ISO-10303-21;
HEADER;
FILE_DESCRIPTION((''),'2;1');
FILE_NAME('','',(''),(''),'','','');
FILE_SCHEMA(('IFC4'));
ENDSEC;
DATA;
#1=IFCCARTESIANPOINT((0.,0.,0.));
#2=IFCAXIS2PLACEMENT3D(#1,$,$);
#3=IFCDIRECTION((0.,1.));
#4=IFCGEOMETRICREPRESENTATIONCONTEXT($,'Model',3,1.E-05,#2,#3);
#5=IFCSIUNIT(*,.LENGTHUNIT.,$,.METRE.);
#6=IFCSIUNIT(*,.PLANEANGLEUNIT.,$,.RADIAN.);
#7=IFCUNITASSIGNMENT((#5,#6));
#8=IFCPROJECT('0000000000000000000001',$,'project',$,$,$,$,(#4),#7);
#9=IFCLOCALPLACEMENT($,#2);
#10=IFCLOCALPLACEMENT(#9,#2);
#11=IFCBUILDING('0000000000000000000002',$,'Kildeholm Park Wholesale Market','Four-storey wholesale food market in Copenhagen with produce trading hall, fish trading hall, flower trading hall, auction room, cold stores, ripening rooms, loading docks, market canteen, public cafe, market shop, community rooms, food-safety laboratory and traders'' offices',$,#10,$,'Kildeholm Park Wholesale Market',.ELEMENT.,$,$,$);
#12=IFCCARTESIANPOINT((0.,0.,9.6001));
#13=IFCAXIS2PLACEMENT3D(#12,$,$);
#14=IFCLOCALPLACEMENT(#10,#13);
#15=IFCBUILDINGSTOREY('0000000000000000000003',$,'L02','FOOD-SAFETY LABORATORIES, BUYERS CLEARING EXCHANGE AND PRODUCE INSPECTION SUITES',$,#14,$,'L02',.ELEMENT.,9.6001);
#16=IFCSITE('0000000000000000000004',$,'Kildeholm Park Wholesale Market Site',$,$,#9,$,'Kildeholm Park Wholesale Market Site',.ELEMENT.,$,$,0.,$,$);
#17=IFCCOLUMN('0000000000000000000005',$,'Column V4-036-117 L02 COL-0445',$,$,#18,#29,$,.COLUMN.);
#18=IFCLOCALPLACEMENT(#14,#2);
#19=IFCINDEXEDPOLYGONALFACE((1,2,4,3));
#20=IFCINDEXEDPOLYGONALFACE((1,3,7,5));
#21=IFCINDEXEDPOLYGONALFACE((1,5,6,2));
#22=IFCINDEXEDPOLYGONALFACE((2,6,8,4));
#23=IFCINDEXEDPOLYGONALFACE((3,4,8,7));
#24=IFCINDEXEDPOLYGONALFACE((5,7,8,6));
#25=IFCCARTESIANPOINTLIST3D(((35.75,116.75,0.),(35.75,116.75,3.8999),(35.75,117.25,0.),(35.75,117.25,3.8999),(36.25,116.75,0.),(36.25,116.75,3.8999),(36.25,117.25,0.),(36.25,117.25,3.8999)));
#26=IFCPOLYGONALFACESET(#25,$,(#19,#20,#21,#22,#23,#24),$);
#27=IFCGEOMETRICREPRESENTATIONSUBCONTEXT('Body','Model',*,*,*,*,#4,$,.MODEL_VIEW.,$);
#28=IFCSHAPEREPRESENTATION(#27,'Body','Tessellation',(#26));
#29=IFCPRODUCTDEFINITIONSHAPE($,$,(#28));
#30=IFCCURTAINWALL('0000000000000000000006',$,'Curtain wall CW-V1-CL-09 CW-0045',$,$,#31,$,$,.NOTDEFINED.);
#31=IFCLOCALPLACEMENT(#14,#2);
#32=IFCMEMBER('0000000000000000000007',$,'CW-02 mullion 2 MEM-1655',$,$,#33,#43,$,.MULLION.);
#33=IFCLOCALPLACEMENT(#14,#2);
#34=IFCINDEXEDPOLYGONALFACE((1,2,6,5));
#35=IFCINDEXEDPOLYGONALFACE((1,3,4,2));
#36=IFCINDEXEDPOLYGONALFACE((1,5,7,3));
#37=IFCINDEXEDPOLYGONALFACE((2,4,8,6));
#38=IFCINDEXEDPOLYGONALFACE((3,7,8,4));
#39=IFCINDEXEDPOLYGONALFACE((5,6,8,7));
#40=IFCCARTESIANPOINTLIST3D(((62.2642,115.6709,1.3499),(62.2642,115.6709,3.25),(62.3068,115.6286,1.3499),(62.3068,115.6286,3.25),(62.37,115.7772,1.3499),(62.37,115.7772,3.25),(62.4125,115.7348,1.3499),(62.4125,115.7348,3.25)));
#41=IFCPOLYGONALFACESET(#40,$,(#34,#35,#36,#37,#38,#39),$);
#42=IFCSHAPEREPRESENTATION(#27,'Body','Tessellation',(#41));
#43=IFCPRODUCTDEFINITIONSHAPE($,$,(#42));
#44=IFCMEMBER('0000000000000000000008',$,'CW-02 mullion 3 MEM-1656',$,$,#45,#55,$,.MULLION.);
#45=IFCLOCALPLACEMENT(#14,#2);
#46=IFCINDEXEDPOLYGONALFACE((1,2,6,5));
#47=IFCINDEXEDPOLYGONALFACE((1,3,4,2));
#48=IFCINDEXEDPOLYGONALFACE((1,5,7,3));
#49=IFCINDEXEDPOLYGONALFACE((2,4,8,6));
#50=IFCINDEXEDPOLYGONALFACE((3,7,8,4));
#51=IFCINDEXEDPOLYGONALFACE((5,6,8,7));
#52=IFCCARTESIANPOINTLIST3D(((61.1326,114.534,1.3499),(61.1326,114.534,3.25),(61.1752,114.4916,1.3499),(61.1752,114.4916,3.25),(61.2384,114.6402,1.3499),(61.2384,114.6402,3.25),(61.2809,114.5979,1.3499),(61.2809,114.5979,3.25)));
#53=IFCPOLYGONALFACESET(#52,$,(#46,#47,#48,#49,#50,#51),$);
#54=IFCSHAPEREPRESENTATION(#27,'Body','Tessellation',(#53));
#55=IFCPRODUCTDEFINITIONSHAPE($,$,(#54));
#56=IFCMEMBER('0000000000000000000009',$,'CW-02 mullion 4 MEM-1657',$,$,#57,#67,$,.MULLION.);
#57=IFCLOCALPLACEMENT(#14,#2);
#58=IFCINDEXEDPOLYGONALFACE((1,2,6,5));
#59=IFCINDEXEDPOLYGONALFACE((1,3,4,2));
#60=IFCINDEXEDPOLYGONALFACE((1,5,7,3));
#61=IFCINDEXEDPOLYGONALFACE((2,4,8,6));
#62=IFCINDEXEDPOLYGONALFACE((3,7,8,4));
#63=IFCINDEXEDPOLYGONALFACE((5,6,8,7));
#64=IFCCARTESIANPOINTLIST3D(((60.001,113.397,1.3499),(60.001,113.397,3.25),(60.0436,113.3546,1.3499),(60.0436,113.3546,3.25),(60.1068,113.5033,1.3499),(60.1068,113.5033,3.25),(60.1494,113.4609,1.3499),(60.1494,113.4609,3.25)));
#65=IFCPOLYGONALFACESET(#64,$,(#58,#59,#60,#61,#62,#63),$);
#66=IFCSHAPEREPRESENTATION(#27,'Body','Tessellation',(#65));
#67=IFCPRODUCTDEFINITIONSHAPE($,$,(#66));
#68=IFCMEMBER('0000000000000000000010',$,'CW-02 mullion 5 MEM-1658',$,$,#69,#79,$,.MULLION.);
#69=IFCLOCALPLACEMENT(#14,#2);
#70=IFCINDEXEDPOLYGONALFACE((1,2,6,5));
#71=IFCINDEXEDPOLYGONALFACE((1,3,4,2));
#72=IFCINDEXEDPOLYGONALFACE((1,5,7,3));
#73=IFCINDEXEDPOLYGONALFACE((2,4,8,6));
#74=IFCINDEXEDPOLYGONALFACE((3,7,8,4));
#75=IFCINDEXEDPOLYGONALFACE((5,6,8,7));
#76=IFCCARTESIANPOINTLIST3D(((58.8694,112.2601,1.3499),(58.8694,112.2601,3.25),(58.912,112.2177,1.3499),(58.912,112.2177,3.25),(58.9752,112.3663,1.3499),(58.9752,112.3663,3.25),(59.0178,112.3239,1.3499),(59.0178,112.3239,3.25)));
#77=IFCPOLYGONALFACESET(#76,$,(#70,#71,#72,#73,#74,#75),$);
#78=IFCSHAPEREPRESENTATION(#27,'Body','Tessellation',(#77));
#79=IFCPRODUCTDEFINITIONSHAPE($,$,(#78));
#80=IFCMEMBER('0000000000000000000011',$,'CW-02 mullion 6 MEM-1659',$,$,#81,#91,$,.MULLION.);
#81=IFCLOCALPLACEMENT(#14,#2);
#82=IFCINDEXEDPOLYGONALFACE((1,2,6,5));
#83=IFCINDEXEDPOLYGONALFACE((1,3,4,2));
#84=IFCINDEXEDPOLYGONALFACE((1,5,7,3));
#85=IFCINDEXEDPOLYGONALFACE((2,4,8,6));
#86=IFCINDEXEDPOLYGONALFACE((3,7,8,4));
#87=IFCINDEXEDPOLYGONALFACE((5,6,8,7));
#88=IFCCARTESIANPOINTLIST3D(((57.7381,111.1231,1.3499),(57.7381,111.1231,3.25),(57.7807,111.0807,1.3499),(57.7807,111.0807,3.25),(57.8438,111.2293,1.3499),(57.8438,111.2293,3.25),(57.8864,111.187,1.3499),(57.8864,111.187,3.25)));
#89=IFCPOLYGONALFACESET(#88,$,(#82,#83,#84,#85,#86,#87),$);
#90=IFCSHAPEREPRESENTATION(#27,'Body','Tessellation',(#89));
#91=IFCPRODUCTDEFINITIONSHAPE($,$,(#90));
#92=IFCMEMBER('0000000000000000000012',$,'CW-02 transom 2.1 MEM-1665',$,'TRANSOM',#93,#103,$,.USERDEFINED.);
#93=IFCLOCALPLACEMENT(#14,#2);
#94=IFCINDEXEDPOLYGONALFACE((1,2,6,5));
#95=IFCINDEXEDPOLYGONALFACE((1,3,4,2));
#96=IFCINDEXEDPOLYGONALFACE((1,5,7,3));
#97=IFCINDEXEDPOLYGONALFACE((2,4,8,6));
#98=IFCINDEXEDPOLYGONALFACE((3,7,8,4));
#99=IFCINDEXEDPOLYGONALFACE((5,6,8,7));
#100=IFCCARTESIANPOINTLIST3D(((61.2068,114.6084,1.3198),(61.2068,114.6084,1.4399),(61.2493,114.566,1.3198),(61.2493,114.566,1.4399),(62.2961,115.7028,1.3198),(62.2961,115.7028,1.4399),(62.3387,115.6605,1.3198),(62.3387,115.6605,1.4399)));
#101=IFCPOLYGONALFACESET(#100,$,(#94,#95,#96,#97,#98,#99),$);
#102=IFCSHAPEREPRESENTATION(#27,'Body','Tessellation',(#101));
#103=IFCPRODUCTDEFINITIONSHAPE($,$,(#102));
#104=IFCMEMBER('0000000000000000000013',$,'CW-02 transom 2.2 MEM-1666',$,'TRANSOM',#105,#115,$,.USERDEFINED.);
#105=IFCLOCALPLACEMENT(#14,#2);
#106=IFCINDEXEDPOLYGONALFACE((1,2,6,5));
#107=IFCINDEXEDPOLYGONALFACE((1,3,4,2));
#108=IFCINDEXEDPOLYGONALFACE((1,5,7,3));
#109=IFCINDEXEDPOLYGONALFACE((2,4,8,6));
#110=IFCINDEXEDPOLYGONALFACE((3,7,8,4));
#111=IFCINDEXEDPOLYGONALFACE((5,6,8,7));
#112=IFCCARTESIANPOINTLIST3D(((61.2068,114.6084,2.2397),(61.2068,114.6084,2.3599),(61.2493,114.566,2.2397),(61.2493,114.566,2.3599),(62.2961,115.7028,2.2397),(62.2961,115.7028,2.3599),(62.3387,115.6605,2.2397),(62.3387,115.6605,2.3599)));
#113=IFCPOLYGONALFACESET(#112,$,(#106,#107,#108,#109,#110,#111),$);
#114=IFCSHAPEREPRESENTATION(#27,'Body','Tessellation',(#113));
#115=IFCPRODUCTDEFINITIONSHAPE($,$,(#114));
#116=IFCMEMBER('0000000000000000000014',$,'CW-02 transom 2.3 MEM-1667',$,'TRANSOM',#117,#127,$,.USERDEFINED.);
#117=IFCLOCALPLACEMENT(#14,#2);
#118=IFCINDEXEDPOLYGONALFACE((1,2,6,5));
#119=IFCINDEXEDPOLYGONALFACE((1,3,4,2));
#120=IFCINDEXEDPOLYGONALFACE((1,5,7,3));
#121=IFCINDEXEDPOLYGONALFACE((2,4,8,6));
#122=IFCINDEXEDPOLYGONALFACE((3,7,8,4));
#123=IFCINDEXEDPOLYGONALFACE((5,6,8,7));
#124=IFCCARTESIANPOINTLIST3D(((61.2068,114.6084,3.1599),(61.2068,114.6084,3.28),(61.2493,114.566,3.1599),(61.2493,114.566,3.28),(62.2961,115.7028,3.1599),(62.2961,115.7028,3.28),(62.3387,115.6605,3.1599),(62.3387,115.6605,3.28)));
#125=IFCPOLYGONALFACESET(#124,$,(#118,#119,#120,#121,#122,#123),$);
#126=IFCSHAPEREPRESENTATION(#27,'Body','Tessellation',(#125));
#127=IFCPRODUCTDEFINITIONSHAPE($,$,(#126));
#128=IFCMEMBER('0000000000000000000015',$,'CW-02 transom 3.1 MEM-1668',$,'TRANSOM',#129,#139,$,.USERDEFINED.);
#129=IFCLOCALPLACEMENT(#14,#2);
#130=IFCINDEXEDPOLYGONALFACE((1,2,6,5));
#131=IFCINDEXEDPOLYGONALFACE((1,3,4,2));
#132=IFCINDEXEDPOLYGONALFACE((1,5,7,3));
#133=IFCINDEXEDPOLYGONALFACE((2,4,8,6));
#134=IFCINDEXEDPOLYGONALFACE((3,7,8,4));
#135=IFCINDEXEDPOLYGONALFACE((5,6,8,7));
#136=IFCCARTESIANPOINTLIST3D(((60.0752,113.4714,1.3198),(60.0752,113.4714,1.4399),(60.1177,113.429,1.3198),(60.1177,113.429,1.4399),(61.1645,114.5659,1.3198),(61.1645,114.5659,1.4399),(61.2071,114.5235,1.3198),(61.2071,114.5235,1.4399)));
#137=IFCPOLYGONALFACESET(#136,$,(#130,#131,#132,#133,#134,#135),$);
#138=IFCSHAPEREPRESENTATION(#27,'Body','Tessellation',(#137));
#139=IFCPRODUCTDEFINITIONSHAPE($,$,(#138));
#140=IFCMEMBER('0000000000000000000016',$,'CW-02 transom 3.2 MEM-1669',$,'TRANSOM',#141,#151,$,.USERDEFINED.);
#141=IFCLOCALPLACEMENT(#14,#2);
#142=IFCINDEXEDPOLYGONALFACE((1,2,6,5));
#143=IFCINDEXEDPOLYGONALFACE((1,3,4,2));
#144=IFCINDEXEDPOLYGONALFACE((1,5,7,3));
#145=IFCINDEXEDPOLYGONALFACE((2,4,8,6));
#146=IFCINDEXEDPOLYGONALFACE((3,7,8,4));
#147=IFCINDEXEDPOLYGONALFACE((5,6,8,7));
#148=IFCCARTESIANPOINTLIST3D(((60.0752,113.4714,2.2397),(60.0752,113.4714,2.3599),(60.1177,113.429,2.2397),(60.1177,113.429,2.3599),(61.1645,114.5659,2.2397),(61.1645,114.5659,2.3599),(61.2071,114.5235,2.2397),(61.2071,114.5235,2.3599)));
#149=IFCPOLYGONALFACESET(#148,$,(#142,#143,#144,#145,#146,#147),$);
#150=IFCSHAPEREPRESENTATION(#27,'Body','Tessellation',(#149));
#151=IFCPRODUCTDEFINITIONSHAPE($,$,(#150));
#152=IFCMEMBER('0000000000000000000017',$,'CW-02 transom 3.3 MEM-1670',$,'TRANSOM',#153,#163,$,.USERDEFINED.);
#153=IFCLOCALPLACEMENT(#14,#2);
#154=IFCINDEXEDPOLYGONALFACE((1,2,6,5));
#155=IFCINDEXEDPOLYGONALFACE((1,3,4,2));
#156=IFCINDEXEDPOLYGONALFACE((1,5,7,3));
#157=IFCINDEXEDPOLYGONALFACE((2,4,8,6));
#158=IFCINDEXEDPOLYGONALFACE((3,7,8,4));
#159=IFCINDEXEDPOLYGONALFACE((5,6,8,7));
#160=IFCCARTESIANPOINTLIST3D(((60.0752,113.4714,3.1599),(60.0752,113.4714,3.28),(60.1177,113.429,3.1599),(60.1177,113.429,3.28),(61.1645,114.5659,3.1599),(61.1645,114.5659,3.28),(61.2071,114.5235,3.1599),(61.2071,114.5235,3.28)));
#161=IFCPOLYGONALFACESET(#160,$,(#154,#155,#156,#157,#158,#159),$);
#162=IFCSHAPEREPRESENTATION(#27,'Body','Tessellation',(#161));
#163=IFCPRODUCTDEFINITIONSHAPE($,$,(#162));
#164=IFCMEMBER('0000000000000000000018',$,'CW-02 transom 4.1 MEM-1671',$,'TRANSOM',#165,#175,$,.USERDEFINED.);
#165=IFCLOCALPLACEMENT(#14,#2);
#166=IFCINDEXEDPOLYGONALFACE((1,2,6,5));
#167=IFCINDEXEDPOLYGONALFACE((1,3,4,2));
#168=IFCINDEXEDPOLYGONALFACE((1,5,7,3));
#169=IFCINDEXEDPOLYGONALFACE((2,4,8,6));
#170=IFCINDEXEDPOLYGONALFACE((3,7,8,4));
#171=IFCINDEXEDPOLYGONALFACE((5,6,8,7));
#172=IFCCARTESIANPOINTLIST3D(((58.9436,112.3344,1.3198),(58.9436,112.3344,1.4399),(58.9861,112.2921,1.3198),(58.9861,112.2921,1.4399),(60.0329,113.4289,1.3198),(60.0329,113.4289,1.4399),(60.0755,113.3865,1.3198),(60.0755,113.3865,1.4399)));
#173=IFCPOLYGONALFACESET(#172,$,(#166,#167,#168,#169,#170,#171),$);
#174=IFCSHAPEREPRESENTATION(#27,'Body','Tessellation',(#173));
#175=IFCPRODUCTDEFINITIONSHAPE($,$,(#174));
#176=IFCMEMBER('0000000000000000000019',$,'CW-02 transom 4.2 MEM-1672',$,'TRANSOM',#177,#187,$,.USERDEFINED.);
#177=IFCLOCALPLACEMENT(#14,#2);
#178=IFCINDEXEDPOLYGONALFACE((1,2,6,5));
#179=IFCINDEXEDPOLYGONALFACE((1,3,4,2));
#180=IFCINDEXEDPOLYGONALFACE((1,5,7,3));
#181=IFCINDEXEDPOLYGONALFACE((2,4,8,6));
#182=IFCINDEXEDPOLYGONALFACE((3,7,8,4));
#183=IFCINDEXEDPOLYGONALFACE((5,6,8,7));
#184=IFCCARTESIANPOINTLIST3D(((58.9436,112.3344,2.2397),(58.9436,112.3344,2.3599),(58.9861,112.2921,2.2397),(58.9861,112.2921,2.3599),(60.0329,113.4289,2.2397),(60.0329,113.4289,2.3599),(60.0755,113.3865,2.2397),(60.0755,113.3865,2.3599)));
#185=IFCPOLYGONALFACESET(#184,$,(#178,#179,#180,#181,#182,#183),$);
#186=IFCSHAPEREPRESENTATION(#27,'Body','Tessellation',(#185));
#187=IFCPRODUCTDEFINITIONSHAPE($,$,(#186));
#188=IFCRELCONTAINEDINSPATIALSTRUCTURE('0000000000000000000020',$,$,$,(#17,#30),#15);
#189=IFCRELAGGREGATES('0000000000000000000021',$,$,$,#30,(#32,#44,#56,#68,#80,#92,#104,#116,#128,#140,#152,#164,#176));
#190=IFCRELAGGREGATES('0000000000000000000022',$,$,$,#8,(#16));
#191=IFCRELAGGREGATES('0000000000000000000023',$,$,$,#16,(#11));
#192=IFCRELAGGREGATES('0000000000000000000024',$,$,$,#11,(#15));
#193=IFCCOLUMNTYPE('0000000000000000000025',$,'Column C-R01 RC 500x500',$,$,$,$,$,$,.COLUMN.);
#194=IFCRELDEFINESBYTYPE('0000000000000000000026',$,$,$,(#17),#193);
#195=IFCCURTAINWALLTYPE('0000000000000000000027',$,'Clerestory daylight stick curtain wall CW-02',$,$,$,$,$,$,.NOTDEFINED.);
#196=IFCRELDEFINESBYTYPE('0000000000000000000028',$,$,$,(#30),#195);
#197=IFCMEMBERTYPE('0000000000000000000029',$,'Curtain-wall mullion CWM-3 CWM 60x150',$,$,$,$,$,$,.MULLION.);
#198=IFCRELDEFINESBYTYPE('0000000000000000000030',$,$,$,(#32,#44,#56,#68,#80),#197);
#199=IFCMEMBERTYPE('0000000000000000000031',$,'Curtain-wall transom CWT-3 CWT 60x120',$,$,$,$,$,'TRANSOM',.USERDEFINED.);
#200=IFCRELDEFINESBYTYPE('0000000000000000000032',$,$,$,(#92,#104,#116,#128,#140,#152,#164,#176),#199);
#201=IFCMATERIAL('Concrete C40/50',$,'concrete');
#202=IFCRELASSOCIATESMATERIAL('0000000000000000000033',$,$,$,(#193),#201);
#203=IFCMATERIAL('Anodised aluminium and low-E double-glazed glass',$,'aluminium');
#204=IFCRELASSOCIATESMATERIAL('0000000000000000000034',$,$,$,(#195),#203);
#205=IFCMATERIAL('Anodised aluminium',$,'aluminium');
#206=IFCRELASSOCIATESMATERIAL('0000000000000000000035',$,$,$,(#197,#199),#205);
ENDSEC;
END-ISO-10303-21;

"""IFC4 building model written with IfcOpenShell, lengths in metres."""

from ifc_helpers import new_model, si_unit, direction, frame, origin, origin_2d, place, context, subcontext, project, spatial, rectangle, extrude, material, material_profile, profile_set, type_object, element, aggregate, save


model = new_model("IFC4")

# Units and contexts
model_context = context("Model", 3, precision=1e-05, world=origin(), true_north=direction((0.0, 1.0)))
body_context = subcontext(model_context, "Body", "Model", "MODEL_VIEW")
ifc_project = project(units=[si_unit("LENGTHUNIT", "METRE"), si_unit("PLANEANGLEUNIT", "RADIAN")], contexts=[model_context])

# Site, building, storey
site_placement = place(None, origin())
site = spatial("IfcSite", under=ifc_project, at=site_placement, Name="Kildeholm Park Wholesale Market Site", LongName="Kildeholm Park Wholesale Market Site", CompositionType="ELEMENT", RefElevation=0.0)
building_placement = place(site_placement, origin())
building = spatial("IfcBuilding", under=site, at=building_placement, Name="Kildeholm Park Wholesale Market", Description="Four-storey wholesale food market in Copenhagen with produce trading hall, fish trading hall, flower trading hall, auction room, cold stores, ripening rooms, loading docks, market canteen, public cafe, market shop, community rooms, food-safety laboratory and traders' offices", LongName="Kildeholm Park Wholesale Market", CompositionType="ELEMENT")
storey_placement = place(building_placement, frame((0.0, 0.0, 9.6001)))
storey = spatial("IfcBuildingStorey", under=building, at=storey_placement, Name="L02", Description="FOOD-SAFETY LABORATORIES, BUYERS CLEARING EXCHANGE AND PRODUCE INSPECTION SUITES", LongName="L02", CompositionType="ELEMENT", Elevation=9.6001)

# Column
ifc_material_1 = material(Name="Concrete C40/50", Category="concrete")
ifc_material_profile_1 = material_profile(ifc_material_1, rectangle(XDim=0.5, YDim=0.5, at=origin_2d()), Name="RC 500x500")
ifc_profile_set_1 = profile_set([ifc_material_profile_1], Name="Concrete C40/50")
column_type = type_object("IfcColumnType", Name="Column C-R01 RC 500x500", PredefinedType="COLUMN", material=ifc_profile_set_1)
column_placement = place(storey_placement, frame((36.0, 117.0, 0.0), z_axis=(0.0, 0.0, 1.0), x_axis=(1.0, 0.0, 0.0)))
element("IfcColumn", 1, at=column_placement, inside=storey, type_object=column_type, Name="Column V4-036-117 L02 COL-0445", PredefinedType="COLUMN", context=body_context, shape_type="SweptSolid", body=[
    extrude(rectangle(XDim=0.5, YDim=0.5, at=origin_2d()), origin(), (0.0, 0.0, 1.0), 3.8999),
])

# Curtain wall, members
ifc_material_2 = material(Name="Anodised aluminium and low-E double-glazed glass", Category="aluminium")
curtain_wall_type = type_object("IfcCurtainWallType", Name="Clerestory daylight stick curtain wall CW-02", PredefinedType="NOTDEFINED", material=ifc_material_2)
curtain_wall_placement = place(storey_placement, origin())
curtain_wall = element("IfcCurtainWall", 2, at=curtain_wall_placement, inside=storey, type_object=curtain_wall_type, Name="Curtain wall CW-V1-CL-09 CW-0045", PredefinedType="NOTDEFINED")
ifc_material_3 = material(Name="Anodised aluminium", Category="aluminium")
ifc_material_profile_2 = material_profile(ifc_material_3, rectangle(XDim=0.0601, YDim=0.1499, at=origin_2d()), Name="CWM 60x150")
ifc_profile_set_2 = profile_set([ifc_material_profile_2], Name="Anodised aluminium")
member_type_1 = type_object("IfcMemberType", Name="Curtain-wall mullion CWM-3 CWM 60x150", PredefinedType="MULLION", material=ifc_profile_set_2)
member_1_placement = place(storey_placement, frame((62.3384, 115.7029, 1.3499), z_axis=(0.0, 0.0, 1.0), x_axis=(0.708797, -0.705413, 0.0)))
member_1 = element("IfcMember", 3, at=member_1_placement, type_object=member_type_1, Name="CW-02 mullion 2 MEM-1655", PredefinedType="MULLION", context=body_context, shape_type="SweptSolid", body=[
    extrude(rectangle(XDim=0.0601, YDim=0.1499, at=origin_2d()), origin(), (0.0, 0.0, 1.0), 1.9001),
])
member_2_placement = place(storey_placement, frame((61.2068, 114.5659, 1.3499), z_axis=(0.0, 0.0, 1.0), x_axis=(0.708797, -0.705413, 0.0)))
member_2 = element("IfcMember", 4, at=member_2_placement, type_object=member_type_1, Name="CW-02 mullion 3 MEM-1656", PredefinedType="MULLION", context=body_context, shape_type="SweptSolid", body=[
    extrude(rectangle(XDim=0.0601, YDim=0.1499, at=origin_2d()), origin(), (0.0, 0.0, 1.0), 1.9001),
])
member_3_placement = place(storey_placement, frame((60.0752, 113.429, 1.3499), z_axis=(0.0, 0.0, 1.0), x_axis=(0.708797, -0.705413, 0.0)))
member_3 = element("IfcMember", 5, at=member_3_placement, type_object=member_type_1, Name="CW-02 mullion 4 MEM-1657", PredefinedType="MULLION", context=body_context, shape_type="SweptSolid", body=[
    extrude(rectangle(XDim=0.0601, YDim=0.1499, at=origin_2d()), origin(), (0.0, 0.0, 1.0), 1.9001),
])
member_4_placement = place(storey_placement, frame((58.9436, 112.292, 1.3499), z_axis=(0.0, 0.0, 1.0), x_axis=(0.708797, -0.705413, 0.0)))
member_4 = element("IfcMember", 6, at=member_4_placement, type_object=member_type_1, Name="CW-02 mullion 5 MEM-1658", PredefinedType="MULLION", context=body_context, shape_type="SweptSolid", body=[
    extrude(rectangle(XDim=0.0601, YDim=0.1499, at=origin_2d()), origin(), (0.0, 0.0, 1.0), 1.9001),
])
member_5_placement = place(storey_placement, frame((57.8123, 111.155, 1.3499), z_axis=(0.0, 0.0, 1.0), x_axis=(0.708797, -0.705413, 0.0)))
member_5 = element("IfcMember", 7, at=member_5_placement, type_object=member_type_1, Name="CW-02 mullion 6 MEM-1659", PredefinedType="MULLION", context=body_context, shape_type="SweptSolid", body=[
    extrude(rectangle(XDim=0.0601, YDim=0.1499, at=origin_2d()), origin(), (0.0, 0.0, 1.0), 1.9001),
])
ifc_material_profile_3 = material_profile(ifc_material_3, rectangle(XDim=0.0601, YDim=0.1201, at=origin_2d()), Name="CWT 60x120")
ifc_profile_set_3 = profile_set([ifc_material_profile_3], Name="Anodised aluminium")
member_type_2 = type_object("IfcMemberType", Name="Curtain-wall transom CWT-3 CWT 60x120", ElementType="TRANSOM", PredefinedType="USERDEFINED", material=ifc_profile_set_3)
member_6_placement = place(storey_placement, frame((62.3174, 115.6816, 1.3799), z_axis=(-0.705445, -0.708765, 0.0), x_axis=(0.708765, -0.705445, 0.0)))
member_6 = element("IfcMember", 8, at=member_6_placement, type_object=member_type_2, Name="CW-02 transom 2.1 MEM-1665", ObjectType="TRANSOM", PredefinedType="USERDEFINED", context=body_context, shape_type="SweptSolid", body=[
    extrude(rectangle(XDim=0.0601, YDim=0.1201, at=origin_2d()), origin(), (0.0, 0.0, 1.0), 1.5442),
])
member_7_placement = place(storey_placement, frame((62.3174, 115.6816, 2.2998), z_axis=(-0.705445, -0.708765, 0.0), x_axis=(0.708765, -0.705445, 0.0)))
member_7 = element("IfcMember", 9, at=member_7_placement, type_object=member_type_2, Name="CW-02 transom 2.2 MEM-1666", ObjectType="TRANSOM", PredefinedType="USERDEFINED", context=body_context, shape_type="SweptSolid", body=[
    extrude(rectangle(XDim=0.0601, YDim=0.1201, at=origin_2d()), origin(), (0.0, 0.0, 1.0), 1.5442),
])
member_8_placement = place(storey_placement, frame((62.3174, 115.6816, 3.22), z_axis=(-0.705445, -0.708765, 0.0), x_axis=(0.708765, -0.705445, 0.0)))
member_8 = element("IfcMember", 10, at=member_8_placement, type_object=member_type_2, Name="CW-02 transom 2.3 MEM-1667", ObjectType="TRANSOM", PredefinedType="USERDEFINED", context=body_context, shape_type="SweptSolid", body=[
    extrude(rectangle(XDim=0.0601, YDim=0.1201, at=origin_2d()), origin(), (0.0, 0.0, 1.0), 1.5442),
])
member_9_placement = place(storey_placement, frame((61.1858, 114.5447, 1.3799), z_axis=(-0.705445, -0.708765, 0.0), x_axis=(0.708765, -0.705445, 0.0)))
member_9 = element("IfcMember", 11, at=member_9_placement, type_object=member_type_2, Name="CW-02 transom 3.1 MEM-1668", ObjectType="TRANSOM", PredefinedType="USERDEFINED", context=body_context, shape_type="SweptSolid", body=[
    extrude(rectangle(XDim=0.0601, YDim=0.1201, at=origin_2d()), origin(), (0.0, 0.0, 1.0), 1.5442),
])
member_10_placement = place(storey_placement, frame((61.1858, 114.5447, 2.2998), z_axis=(-0.705445, -0.708765, 0.0), x_axis=(0.708765, -0.705445, 0.0)))
member_10 = element("IfcMember", 12, at=member_10_placement, type_object=member_type_2, Name="CW-02 transom 3.2 MEM-1669", ObjectType="TRANSOM", PredefinedType="USERDEFINED", context=body_context, shape_type="SweptSolid", body=[
    extrude(rectangle(XDim=0.0601, YDim=0.1201, at=origin_2d()), origin(), (0.0, 0.0, 1.0), 1.5442),
])
member_11_placement = place(storey_placement, frame((61.1858, 114.5447, 3.22), z_axis=(-0.705445, -0.708765, 0.0), x_axis=(0.708765, -0.705445, 0.0)))
member_11 = element("IfcMember", 13, at=member_11_placement, type_object=member_type_2, Name="CW-02 transom 3.3 MEM-1670", ObjectType="TRANSOM", PredefinedType="USERDEFINED", context=body_context, shape_type="SweptSolid", body=[
    extrude(rectangle(XDim=0.0601, YDim=0.1201, at=origin_2d()), origin(), (0.0, 0.0, 1.0), 1.5442),
])
member_12_placement = place(storey_placement, frame((60.0542, 113.4077, 1.3799), z_axis=(-0.705445, -0.708765, 0.0), x_axis=(0.708765, -0.705445, 0.0)))
member_12 = element("IfcMember", 14, at=member_12_placement, type_object=member_type_2, Name="CW-02 transom 4.1 MEM-1671", ObjectType="TRANSOM", PredefinedType="USERDEFINED", context=body_context, shape_type="SweptSolid", body=[
    extrude(rectangle(XDim=0.0601, YDim=0.1201, at=origin_2d()), origin(), (0.0, 0.0, 1.0), 1.5442),
])
member_13_placement = place(storey_placement, frame((60.0542, 113.4077, 2.2998), z_axis=(-0.705445, -0.708765, 0.0), x_axis=(0.708765, -0.705445, 0.0)))
member_13 = element("IfcMember", 15, at=member_13_placement, type_object=member_type_2, Name="CW-02 transom 4.2 MEM-1672", ObjectType="TRANSOM", PredefinedType="USERDEFINED", context=body_context, shape_type="SweptSolid", body=[
    extrude(rectangle(XDim=0.0601, YDim=0.1201, at=origin_2d()), origin(), (0.0, 0.0, 1.0), 1.5442),
])
aggregate(curtain_wall, [member_1, member_2, member_3, member_4, member_5, member_6, member_7, member_8, member_9, member_10, member_11, member_12, member_13])

save(model, "model.ifc")
